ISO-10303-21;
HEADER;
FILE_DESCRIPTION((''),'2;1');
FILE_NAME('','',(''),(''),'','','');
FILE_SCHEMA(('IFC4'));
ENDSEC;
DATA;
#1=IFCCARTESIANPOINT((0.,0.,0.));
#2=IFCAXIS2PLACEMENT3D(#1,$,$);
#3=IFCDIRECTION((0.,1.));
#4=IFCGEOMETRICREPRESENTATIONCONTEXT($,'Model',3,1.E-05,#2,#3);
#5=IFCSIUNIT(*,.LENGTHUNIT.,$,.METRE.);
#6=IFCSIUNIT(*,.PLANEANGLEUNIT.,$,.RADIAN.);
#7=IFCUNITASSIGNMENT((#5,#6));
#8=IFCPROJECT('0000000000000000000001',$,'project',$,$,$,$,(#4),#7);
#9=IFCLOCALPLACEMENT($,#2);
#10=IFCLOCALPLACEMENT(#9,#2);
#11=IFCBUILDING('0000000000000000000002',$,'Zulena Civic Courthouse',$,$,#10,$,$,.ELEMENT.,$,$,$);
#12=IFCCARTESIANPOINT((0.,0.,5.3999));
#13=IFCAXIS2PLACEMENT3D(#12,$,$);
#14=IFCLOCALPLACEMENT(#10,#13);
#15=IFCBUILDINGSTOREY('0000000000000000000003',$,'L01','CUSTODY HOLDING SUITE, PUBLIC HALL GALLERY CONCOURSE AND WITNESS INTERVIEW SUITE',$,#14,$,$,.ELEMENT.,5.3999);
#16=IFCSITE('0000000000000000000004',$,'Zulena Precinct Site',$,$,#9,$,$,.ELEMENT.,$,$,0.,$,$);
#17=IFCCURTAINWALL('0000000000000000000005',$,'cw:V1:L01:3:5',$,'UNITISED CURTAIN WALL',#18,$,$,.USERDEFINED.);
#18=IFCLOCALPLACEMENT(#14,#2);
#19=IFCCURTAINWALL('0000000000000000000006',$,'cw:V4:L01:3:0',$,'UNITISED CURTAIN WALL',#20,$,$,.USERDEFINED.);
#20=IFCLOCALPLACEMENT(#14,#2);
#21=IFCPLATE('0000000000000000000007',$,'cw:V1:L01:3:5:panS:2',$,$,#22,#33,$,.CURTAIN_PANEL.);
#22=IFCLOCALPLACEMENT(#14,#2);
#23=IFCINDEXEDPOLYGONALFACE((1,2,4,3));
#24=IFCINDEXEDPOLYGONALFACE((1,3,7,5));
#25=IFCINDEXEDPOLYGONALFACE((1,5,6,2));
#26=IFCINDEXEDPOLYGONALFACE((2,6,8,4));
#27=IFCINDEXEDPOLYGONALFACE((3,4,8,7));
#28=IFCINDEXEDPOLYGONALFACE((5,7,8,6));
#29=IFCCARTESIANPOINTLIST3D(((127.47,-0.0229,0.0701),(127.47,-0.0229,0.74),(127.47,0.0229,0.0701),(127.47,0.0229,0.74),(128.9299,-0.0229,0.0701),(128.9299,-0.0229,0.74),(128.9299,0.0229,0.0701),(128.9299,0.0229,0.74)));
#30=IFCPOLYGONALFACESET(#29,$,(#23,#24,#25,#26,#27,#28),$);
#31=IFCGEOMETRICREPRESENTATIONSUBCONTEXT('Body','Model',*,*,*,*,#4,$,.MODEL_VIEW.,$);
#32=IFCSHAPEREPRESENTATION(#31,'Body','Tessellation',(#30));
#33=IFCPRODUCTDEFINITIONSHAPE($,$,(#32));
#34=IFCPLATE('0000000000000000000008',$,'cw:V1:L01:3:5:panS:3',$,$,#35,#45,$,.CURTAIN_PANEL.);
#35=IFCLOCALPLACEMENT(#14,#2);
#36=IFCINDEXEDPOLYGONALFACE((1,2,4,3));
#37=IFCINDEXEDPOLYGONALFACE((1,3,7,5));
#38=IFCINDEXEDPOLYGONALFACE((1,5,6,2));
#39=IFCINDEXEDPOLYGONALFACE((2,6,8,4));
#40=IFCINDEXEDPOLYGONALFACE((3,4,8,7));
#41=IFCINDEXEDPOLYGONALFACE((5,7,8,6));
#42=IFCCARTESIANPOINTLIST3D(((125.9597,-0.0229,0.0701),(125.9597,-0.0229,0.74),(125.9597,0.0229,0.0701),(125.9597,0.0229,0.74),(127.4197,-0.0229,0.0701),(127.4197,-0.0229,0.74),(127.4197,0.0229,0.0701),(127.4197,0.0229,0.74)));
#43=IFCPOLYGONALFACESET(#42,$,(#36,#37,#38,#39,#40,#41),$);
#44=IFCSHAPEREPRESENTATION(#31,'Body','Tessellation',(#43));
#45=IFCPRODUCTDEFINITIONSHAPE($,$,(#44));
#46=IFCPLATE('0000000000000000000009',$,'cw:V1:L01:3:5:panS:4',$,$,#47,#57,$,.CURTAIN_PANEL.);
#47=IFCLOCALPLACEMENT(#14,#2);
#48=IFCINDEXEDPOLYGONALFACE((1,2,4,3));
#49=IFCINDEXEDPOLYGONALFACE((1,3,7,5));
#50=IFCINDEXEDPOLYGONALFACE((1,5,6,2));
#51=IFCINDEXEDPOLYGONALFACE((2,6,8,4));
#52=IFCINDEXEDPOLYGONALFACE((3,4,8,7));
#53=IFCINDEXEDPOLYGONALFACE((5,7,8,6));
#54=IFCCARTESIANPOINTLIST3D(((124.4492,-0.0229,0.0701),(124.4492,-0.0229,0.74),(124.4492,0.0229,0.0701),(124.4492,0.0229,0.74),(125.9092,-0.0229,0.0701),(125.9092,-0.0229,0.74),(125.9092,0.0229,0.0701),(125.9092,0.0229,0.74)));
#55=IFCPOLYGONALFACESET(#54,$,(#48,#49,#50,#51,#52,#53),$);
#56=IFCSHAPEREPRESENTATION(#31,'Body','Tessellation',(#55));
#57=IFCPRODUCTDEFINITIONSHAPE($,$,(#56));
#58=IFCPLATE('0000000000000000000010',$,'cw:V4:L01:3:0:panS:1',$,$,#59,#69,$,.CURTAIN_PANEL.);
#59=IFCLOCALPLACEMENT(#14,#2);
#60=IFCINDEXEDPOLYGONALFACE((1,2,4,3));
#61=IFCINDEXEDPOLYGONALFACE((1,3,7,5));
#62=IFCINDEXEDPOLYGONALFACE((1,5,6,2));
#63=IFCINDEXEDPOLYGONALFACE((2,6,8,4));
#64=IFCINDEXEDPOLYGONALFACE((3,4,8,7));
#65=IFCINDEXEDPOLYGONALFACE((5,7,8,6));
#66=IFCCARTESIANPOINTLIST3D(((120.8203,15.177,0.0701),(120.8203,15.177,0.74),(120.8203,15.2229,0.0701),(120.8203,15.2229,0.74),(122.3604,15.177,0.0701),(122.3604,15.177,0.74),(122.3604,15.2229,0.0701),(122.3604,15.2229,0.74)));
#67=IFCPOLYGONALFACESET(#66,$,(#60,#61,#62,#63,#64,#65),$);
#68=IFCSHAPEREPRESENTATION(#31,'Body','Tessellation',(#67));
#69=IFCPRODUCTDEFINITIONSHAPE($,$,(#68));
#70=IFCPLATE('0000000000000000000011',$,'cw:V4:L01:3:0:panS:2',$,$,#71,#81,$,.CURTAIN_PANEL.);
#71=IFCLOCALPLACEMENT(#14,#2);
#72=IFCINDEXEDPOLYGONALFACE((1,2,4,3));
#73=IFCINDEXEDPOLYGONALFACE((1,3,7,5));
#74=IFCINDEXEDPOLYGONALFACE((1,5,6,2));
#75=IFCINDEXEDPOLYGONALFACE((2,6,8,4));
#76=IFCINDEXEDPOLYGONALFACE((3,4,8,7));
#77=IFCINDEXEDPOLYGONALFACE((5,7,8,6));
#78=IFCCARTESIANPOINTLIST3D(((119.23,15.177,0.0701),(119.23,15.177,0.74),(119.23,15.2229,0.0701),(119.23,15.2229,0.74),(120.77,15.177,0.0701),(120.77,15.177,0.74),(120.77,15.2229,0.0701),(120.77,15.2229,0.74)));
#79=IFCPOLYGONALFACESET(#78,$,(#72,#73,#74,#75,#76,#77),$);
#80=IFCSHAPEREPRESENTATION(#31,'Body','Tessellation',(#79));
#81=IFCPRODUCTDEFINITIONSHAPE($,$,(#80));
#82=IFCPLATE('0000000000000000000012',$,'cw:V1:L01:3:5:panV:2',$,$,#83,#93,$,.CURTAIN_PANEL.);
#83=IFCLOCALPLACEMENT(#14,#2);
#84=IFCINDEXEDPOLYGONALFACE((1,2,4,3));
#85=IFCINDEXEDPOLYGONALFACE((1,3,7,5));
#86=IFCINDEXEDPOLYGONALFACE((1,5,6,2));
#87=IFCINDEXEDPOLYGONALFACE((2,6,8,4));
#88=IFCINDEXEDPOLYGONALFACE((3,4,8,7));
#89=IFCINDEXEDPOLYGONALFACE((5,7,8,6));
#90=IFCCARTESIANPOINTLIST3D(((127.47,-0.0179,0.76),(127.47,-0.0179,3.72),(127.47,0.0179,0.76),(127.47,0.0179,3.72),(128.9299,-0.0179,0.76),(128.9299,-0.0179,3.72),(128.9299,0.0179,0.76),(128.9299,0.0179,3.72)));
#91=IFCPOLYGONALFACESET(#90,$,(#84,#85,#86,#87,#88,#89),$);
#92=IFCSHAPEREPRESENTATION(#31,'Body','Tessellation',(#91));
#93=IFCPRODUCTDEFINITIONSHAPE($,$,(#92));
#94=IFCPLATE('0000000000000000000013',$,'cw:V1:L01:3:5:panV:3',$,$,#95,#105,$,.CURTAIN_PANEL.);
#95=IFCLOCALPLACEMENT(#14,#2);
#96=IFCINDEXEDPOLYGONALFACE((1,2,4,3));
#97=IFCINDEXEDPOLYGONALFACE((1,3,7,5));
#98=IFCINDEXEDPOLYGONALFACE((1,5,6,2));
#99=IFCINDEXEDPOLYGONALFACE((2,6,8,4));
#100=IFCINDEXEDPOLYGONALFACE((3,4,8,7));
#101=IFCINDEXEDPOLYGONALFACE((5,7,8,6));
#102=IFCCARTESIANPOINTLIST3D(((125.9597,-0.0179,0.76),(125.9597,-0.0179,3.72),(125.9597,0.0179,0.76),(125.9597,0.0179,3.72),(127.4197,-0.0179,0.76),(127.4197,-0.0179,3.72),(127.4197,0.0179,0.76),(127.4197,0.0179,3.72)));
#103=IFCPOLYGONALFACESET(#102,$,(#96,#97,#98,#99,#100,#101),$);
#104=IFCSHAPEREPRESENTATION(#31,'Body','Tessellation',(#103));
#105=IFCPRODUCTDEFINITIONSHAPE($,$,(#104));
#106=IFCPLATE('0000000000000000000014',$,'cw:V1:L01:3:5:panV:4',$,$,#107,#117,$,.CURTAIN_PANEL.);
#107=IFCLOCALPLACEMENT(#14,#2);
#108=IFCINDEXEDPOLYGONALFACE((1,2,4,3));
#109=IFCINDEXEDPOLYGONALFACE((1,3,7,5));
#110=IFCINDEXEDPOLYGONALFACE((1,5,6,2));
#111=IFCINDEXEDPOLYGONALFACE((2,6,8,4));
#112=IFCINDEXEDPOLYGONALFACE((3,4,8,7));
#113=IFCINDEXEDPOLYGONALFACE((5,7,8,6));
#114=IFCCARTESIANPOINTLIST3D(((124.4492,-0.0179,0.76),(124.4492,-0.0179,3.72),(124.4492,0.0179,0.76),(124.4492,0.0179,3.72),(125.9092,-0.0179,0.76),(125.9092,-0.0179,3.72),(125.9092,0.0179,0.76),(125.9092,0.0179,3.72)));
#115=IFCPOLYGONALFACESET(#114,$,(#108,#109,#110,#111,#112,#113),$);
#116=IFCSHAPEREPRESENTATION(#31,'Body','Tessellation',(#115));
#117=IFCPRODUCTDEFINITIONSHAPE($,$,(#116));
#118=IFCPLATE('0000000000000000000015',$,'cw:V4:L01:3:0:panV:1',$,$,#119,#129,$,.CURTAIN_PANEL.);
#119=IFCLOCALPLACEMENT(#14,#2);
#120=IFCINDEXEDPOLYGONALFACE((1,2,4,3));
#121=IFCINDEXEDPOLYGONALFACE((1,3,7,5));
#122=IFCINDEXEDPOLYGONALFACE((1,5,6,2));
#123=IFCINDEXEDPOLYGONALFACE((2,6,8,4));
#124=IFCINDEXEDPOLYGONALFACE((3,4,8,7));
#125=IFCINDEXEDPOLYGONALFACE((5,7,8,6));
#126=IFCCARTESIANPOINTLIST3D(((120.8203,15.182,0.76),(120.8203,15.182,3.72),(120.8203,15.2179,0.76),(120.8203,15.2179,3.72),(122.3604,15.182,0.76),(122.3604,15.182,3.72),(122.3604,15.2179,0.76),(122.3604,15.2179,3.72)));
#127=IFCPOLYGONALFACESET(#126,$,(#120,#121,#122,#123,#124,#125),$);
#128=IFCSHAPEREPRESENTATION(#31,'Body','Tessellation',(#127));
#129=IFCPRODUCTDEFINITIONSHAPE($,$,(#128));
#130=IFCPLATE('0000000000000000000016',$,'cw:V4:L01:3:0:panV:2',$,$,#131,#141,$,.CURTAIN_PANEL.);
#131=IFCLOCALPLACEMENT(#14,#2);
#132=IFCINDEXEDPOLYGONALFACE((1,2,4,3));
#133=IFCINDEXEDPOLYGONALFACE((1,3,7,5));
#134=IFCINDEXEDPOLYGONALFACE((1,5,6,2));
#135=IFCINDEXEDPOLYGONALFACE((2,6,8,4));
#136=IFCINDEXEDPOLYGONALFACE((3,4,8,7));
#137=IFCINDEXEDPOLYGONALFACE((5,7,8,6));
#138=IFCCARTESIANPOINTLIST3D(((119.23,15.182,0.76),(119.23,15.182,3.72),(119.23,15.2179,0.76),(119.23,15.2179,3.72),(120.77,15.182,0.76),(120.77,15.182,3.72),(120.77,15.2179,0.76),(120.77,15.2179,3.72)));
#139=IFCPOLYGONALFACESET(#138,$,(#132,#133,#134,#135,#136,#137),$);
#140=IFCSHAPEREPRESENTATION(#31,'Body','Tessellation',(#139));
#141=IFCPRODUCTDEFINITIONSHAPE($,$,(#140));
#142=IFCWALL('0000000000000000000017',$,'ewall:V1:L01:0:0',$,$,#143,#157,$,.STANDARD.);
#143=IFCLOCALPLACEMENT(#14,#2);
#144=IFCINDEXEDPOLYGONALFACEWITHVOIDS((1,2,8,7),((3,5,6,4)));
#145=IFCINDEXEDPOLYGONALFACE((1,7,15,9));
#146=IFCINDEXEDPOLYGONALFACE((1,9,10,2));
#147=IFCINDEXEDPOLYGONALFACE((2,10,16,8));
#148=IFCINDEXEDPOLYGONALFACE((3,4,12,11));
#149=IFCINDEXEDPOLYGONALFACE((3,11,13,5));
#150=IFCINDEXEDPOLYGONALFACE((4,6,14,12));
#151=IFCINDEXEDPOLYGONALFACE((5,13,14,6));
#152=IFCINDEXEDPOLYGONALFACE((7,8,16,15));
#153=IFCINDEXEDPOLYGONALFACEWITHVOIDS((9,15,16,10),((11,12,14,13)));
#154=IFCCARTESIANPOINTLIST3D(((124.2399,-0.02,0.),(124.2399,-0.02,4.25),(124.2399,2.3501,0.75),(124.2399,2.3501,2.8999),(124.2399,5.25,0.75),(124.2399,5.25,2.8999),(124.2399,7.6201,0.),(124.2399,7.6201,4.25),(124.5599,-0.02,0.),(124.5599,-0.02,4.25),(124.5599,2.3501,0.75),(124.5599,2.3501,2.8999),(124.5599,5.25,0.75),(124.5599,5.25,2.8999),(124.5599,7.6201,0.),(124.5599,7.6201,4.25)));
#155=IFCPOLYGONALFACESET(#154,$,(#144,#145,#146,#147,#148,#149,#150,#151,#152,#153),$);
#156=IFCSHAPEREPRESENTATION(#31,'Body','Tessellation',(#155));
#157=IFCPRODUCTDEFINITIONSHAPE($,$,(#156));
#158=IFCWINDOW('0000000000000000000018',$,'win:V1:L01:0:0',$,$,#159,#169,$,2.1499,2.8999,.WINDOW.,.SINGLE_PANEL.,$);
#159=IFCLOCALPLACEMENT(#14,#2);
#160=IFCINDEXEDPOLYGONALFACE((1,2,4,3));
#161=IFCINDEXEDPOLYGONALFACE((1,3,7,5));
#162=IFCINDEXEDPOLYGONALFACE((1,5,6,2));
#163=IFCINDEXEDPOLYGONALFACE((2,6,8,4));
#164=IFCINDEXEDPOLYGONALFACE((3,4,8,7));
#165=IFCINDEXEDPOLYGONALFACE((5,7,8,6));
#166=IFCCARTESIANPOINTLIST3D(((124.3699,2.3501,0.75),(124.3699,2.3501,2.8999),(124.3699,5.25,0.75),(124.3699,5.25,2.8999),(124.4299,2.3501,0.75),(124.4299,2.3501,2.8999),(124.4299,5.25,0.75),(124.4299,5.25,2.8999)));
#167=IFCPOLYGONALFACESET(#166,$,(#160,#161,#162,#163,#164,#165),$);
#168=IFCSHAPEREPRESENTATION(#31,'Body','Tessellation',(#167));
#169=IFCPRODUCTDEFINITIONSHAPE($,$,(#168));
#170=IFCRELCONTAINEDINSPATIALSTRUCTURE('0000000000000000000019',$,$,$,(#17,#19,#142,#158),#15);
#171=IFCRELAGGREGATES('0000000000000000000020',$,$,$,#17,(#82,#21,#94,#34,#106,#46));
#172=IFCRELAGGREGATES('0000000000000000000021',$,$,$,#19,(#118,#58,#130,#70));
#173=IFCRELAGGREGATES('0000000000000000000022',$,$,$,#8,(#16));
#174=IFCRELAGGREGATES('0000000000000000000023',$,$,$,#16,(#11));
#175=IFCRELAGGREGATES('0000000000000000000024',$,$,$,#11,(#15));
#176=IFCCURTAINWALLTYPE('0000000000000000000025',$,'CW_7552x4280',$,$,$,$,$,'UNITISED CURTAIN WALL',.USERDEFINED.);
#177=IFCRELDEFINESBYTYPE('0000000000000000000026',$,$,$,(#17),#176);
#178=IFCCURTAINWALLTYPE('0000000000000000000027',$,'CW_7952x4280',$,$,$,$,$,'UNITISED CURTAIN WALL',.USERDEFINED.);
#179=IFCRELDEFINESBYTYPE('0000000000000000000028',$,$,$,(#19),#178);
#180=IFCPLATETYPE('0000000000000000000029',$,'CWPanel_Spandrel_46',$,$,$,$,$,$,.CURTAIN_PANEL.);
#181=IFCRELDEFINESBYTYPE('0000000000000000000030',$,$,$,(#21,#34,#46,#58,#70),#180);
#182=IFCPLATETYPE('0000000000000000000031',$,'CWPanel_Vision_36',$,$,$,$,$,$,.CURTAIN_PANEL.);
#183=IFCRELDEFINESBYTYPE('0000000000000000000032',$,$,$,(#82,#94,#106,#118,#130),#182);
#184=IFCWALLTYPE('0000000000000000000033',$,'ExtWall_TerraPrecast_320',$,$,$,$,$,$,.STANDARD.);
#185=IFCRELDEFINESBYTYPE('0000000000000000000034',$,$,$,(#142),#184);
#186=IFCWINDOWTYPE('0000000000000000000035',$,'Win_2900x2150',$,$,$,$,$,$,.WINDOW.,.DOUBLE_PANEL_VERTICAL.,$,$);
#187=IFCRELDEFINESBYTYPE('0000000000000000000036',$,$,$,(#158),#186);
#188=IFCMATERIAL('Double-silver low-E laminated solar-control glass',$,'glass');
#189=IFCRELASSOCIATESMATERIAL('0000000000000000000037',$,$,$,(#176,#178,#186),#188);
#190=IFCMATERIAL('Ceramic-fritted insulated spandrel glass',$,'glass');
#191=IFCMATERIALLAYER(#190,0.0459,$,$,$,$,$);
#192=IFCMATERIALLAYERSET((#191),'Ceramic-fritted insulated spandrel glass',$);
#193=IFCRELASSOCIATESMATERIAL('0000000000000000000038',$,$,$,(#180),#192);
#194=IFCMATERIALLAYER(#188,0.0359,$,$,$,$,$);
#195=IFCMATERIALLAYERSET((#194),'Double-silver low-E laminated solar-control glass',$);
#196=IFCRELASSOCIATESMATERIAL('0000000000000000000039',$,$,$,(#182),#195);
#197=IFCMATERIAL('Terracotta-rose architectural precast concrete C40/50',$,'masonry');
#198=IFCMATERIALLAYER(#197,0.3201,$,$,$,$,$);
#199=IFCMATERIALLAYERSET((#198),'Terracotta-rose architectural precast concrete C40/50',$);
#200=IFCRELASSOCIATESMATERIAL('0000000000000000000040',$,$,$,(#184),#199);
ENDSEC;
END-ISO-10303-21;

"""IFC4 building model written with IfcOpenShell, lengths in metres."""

from ifc_helpers import new_model, si_unit, direction, frame, frame_2d, origin, origin_2d, place, context, subcontext, project, spatial, rectangle, extrude, material, layer, layer_set, type_object, element, fill, aggregate, save


model = new_model("IFC4")

# Units and contexts
model_context = context("Model", 3, precision=1e-05, world=origin(), true_north=direction((0.0, 1.0)))
body_context = subcontext(model_context, "Body", "Model", "MODEL_VIEW")
ifc_project = project(units=[si_unit("LENGTHUNIT", "METRE"), si_unit("PLANEANGLEUNIT", "RADIAN")], contexts=[model_context])

# Site, building, storey
site_placement = place(None, origin())
site = spatial("IfcSite", under=ifc_project, at=site_placement, Name="Zulena Precinct Site", CompositionType="ELEMENT", RefElevation=0.0)
building_placement = place(site_placement, origin())
building = spatial("IfcBuilding", under=site, at=building_placement, Name="Zulena Civic Courthouse", CompositionType="ELEMENT")
storey_placement = place(building_placement, frame((0.0, 0.0, 5.3999)))
storey = spatial("IfcBuildingStorey", under=building, at=storey_placement, Name="L01", Description="CUSTODY HOLDING SUITE, PUBLIC HALL GALLERY CONCOURSE AND WITNESS INTERVIEW SUITE", CompositionType="ELEMENT", Elevation=5.3999)

# Curtain walls
ifc_material_1 = material(Name="Double-silver low-E laminated solar-control glass", Category="glass")
curtain_wall_type_1 = type_object("IfcCurtainWallType", Name="CW_7552x4280", ElementType="UNITISED CURTAIN WALL", PredefinedType="USERDEFINED", material=ifc_material_1)
curtain_wall_1_placement = place(storey_placement, origin())
curtain_wall_1 = element("IfcCurtainWall", 1, at=curtain_wall_1_placement, inside=storey, type_object=curtain_wall_type_1, Name="cw:V1:L01:3:5", ObjectType="UNITISED CURTAIN WALL", PredefinedType="USERDEFINED")
curtain_wall_type_2 = type_object("IfcCurtainWallType", Name="CW_7952x4280", ElementType="UNITISED CURTAIN WALL", PredefinedType="USERDEFINED", material=ifc_material_1)
curtain_wall_2_placement = place(storey_placement, origin())
curtain_wall_2 = element("IfcCurtainWall", 2, at=curtain_wall_2_placement, inside=storey, type_object=curtain_wall_type_2, Name="cw:V4:L01:3:0", ObjectType="UNITISED CURTAIN WALL", PredefinedType="USERDEFINED")

# Plates
ifc_material_2 = material(Name="Ceramic-fritted insulated spandrel glass", Category="glass")
ifc_layer_1 = layer(ifc_material_2, 0.0459)
ifc_layer_set_1 = layer_set([ifc_layer_1], Name="Ceramic-fritted insulated spandrel glass")
plate_type_1 = type_object("IfcPlateType", Name="CWPanel_Spandrel_46", PredefinedType="CURTAIN_PANEL", material=ifc_layer_set_1)
plate_1_placement = place(storey_placement, frame((128.2, 0.0, 0.0701), z_axis=(0.0, 0.0, 1.0), x_axis=(-1.0, 0.0, 0.0)))
plate_1 = element("IfcPlate", 3, at=plate_1_placement, type_object=plate_type_1, Name="cw:V1:L01:3:5:panS:2", PredefinedType="CURTAIN_PANEL", context=body_context, shape_type="SweptSolid", body=[
    extrude(rectangle(XDim=1.46, YDim=0.0459, at=origin_2d()), origin(), (0.0, 0.0, 1.0), 0.6699),
])
plate_2_placement = place(storey_placement, frame((126.6897, 0.0, 0.0701), z_axis=(0.0, 0.0, 1.0), x_axis=(-1.0, 0.0, 0.0)))
plate_2 = element("IfcPlate", 4, at=plate_2_placement, type_object=plate_type_1, Name="cw:V1:L01:3:5:panS:3", PredefinedType="CURTAIN_PANEL", context=body_context, shape_type="SweptSolid", body=[
    extrude(rectangle(XDim=1.46, YDim=0.0459, at=origin_2d()), origin(), (0.0, 0.0, 1.0), 0.6699),
])
plate_3_placement = place(storey_placement, frame((125.1792, 0.0, 0.0701), z_axis=(0.0, 0.0, 1.0), x_axis=(-1.0, 0.0, 0.0)))
plate_3 = element("IfcPlate", 5, at=plate_3_placement, type_object=plate_type_1, Name="cw:V1:L01:3:5:panS:4", PredefinedType="CURTAIN_PANEL", context=body_context, shape_type="SweptSolid", body=[
    extrude(rectangle(XDim=1.46, YDim=0.0459, at=origin_2d()), origin(), (0.0, 0.0, 1.0), 0.6699),
])
plate_4_placement = place(storey_placement, frame((121.5903, 15.2, 0.0701), z_axis=(0.0, 0.0, 1.0), x_axis=(-1.0, 0.0, 0.0)))
plate_4 = element("IfcPlate", 6, at=plate_4_placement, type_object=plate_type_1, Name="cw:V4:L01:3:0:panS:1", PredefinedType="CURTAIN_PANEL", context=body_context, shape_type="SweptSolid", body=[
    extrude(rectangle(XDim=1.54, YDim=0.0459, at=origin_2d()), origin(), (0.0, 0.0, 1.0), 0.6699),
])
plate_5_placement = place(storey_placement, frame((120.0, 15.2, 0.0701), z_axis=(0.0, 0.0, 1.0), x_axis=(-1.0, 0.0, 0.0)))
plate_5 = element("IfcPlate", 7, at=plate_5_placement, type_object=plate_type_1, Name="cw:V4:L01:3:0:panS:2", PredefinedType="CURTAIN_PANEL", context=body_context, shape_type="SweptSolid", body=[
    extrude(rectangle(XDim=1.54, YDim=0.0459, at=origin_2d()), origin(), (0.0, 0.0, 1.0), 0.6699),
])
ifc_layer_2 = layer(ifc_material_1, 0.0359)
ifc_layer_set_2 = layer_set([ifc_layer_2], Name="Double-silver low-E laminated solar-control glass")
plate_type_2 = type_object("IfcPlateType", Name="CWPanel_Vision_36", PredefinedType="CURTAIN_PANEL", material=ifc_layer_set_2)
plate_6_placement = place(storey_placement, frame((128.2, 0.0, 0.76), z_axis=(0.0, 0.0, 1.0), x_axis=(-1.0, 0.0, 0.0)))
plate_6 = element("IfcPlate", 8, at=plate_6_placement, type_object=plate_type_2, Name="cw:V1:L01:3:5:panV:2", PredefinedType="CURTAIN_PANEL", context=body_context, shape_type="SweptSolid", body=[
    extrude(rectangle(XDim=1.46, YDim=0.0359, at=origin_2d()), origin(), (0.0, 0.0, 1.0), 2.96),
])
plate_7_placement = place(storey_placement, frame((126.6897, 0.0, 0.76), z_axis=(0.0, 0.0, 1.0), x_axis=(-1.0, 0.0, 0.0)))
plate_7 = element("IfcPlate", 9, at=plate_7_placement, type_object=plate_type_2, Name="cw:V1:L01:3:5:panV:3", PredefinedType="CURTAIN_PANEL", context=body_context, shape_type="SweptSolid", body=[
    extrude(rectangle(XDim=1.46, YDim=0.0359, at=origin_2d()), origin(), (0.0, 0.0, 1.0), 2.96),
])
plate_8_placement = place(storey_placement, frame((125.1792, 0.0, 0.76), z_axis=(0.0, 0.0, 1.0), x_axis=(-1.0, 0.0, 0.0)))
plate_8 = element("IfcPlate", 10, at=plate_8_placement, type_object=plate_type_2, Name="cw:V1:L01:3:5:panV:4", PredefinedType="CURTAIN_PANEL", context=body_context, shape_type="SweptSolid", body=[
    extrude(rectangle(XDim=1.46, YDim=0.0359, at=origin_2d()), origin(), (0.0, 0.0, 1.0), 2.96),
])
aggregate(curtain_wall_1, [plate_6, plate_1, plate_7, plate_2, plate_8, plate_3])
plate_9_placement = place(storey_placement, frame((121.5903, 15.2, 0.76), z_axis=(0.0, 0.0, 1.0), x_axis=(-1.0, 0.0, 0.0)))
plate_9 = element("IfcPlate", 11, at=plate_9_placement, type_object=plate_type_2, Name="cw:V4:L01:3:0:panV:1", PredefinedType="CURTAIN_PANEL", context=body_context, shape_type="SweptSolid", body=[
    extrude(rectangle(XDim=1.54, YDim=0.0359, at=origin_2d()), origin(), (0.0, 0.0, 1.0), 2.96),
])
plate_10_placement = place(storey_placement, frame((120.0, 15.2, 0.76), z_axis=(0.0, 0.0, 1.0), x_axis=(-1.0, 0.0, 0.0)))
plate_10 = element("IfcPlate", 12, at=plate_10_placement, type_object=plate_type_2, Name="cw:V4:L01:3:0:panV:2", PredefinedType="CURTAIN_PANEL", context=body_context, shape_type="SweptSolid", body=[
    extrude(rectangle(XDim=1.54, YDim=0.0359, at=origin_2d()), origin(), (0.0, 0.0, 1.0), 2.96),
])
aggregate(curtain_wall_2, [plate_9, plate_4, plate_10, plate_5])

# Wall, opening, window
ifc_material_3 = material(Name="Terracotta-rose architectural precast concrete C40/50", Category="masonry")
ifc_layer_3 = layer(ifc_material_3, 0.3201)
ifc_layer_set_3 = layer_set([ifc_layer_3], Name="Terracotta-rose architectural precast concrete C40/50")
wall_type = type_object("IfcWallType", Name="ExtWall_TerraPrecast_320", PredefinedType="STANDARD", material=ifc_layer_set_3)
wall_1_placement = place(storey_placement, frame((124.3999, -0.02, 0.0), z_axis=(0.0, 0.0, 1.0), x_axis=(0.0, 1.0, 0.0)))
wall_1 = element("IfcWall", 13, at=wall_1_placement, inside=storey, type_object=wall_type, Name="ewall:V1:L01:0:0", PredefinedType="STANDARD", context=body_context, shape_type="SweptSolid", body=[
    extrude(rectangle(XDim=7.6401, YDim=0.3201, at=frame_2d((3.8201, 0.0))), origin(), (0.0, 0.0, 1.0), 4.25),
])
opening_1_placement = place(wall_1_placement, frame((2.3701, 0.0, 0.75)))
opening_1 = element("IfcOpeningElement", 14, at=opening_1_placement, cuts=wall_1, PredefinedType="OPENING", context=body_context, shape_type="SweptSolid", body=[
    extrude(rectangle(XDim=2.8999, YDim=2.1499, at=frame_2d((1.45, 1.075))), frame((0.0, 0.1699, 0.0), z_axis=(0.0, -1.0, 0.0), x_axis=(1.0, 0.0, 0.0)), (0.0, 0.0, 1.0), 0.3401),
])
window_type_1 = type_object("IfcWindowType", Name="Win_2900x2150", PartitioningType="DOUBLE_PANEL_VERTICAL", PredefinedType="WINDOW", material=ifc_material_1)
window_1_placement = place(opening_1_placement, origin())
window_1 = element("IfcWindow", 15, at=window_1_placement, inside=storey, type_object=window_type_1, Name="win:V1:L01:0:0", OverallHeight=2.1499, OverallWidth=2.8999, PartitioningType="SINGLE_PANEL", PredefinedType="WINDOW", context=body_context, shape_type="SweptSolid", body=[
    extrude(rectangle(XDim=2.8999, YDim=2.1499, at=frame_2d((1.45, 1.075))), frame((0.0, 0.03, 0.0), z_axis=(0.0, -1.0, 0.0), x_axis=(1.0, 0.0, 0.0)), (0.0, 0.0, 1.0), 0.0601),
])
fill(opening_1, window_1)

save(model, "model.ifc")
